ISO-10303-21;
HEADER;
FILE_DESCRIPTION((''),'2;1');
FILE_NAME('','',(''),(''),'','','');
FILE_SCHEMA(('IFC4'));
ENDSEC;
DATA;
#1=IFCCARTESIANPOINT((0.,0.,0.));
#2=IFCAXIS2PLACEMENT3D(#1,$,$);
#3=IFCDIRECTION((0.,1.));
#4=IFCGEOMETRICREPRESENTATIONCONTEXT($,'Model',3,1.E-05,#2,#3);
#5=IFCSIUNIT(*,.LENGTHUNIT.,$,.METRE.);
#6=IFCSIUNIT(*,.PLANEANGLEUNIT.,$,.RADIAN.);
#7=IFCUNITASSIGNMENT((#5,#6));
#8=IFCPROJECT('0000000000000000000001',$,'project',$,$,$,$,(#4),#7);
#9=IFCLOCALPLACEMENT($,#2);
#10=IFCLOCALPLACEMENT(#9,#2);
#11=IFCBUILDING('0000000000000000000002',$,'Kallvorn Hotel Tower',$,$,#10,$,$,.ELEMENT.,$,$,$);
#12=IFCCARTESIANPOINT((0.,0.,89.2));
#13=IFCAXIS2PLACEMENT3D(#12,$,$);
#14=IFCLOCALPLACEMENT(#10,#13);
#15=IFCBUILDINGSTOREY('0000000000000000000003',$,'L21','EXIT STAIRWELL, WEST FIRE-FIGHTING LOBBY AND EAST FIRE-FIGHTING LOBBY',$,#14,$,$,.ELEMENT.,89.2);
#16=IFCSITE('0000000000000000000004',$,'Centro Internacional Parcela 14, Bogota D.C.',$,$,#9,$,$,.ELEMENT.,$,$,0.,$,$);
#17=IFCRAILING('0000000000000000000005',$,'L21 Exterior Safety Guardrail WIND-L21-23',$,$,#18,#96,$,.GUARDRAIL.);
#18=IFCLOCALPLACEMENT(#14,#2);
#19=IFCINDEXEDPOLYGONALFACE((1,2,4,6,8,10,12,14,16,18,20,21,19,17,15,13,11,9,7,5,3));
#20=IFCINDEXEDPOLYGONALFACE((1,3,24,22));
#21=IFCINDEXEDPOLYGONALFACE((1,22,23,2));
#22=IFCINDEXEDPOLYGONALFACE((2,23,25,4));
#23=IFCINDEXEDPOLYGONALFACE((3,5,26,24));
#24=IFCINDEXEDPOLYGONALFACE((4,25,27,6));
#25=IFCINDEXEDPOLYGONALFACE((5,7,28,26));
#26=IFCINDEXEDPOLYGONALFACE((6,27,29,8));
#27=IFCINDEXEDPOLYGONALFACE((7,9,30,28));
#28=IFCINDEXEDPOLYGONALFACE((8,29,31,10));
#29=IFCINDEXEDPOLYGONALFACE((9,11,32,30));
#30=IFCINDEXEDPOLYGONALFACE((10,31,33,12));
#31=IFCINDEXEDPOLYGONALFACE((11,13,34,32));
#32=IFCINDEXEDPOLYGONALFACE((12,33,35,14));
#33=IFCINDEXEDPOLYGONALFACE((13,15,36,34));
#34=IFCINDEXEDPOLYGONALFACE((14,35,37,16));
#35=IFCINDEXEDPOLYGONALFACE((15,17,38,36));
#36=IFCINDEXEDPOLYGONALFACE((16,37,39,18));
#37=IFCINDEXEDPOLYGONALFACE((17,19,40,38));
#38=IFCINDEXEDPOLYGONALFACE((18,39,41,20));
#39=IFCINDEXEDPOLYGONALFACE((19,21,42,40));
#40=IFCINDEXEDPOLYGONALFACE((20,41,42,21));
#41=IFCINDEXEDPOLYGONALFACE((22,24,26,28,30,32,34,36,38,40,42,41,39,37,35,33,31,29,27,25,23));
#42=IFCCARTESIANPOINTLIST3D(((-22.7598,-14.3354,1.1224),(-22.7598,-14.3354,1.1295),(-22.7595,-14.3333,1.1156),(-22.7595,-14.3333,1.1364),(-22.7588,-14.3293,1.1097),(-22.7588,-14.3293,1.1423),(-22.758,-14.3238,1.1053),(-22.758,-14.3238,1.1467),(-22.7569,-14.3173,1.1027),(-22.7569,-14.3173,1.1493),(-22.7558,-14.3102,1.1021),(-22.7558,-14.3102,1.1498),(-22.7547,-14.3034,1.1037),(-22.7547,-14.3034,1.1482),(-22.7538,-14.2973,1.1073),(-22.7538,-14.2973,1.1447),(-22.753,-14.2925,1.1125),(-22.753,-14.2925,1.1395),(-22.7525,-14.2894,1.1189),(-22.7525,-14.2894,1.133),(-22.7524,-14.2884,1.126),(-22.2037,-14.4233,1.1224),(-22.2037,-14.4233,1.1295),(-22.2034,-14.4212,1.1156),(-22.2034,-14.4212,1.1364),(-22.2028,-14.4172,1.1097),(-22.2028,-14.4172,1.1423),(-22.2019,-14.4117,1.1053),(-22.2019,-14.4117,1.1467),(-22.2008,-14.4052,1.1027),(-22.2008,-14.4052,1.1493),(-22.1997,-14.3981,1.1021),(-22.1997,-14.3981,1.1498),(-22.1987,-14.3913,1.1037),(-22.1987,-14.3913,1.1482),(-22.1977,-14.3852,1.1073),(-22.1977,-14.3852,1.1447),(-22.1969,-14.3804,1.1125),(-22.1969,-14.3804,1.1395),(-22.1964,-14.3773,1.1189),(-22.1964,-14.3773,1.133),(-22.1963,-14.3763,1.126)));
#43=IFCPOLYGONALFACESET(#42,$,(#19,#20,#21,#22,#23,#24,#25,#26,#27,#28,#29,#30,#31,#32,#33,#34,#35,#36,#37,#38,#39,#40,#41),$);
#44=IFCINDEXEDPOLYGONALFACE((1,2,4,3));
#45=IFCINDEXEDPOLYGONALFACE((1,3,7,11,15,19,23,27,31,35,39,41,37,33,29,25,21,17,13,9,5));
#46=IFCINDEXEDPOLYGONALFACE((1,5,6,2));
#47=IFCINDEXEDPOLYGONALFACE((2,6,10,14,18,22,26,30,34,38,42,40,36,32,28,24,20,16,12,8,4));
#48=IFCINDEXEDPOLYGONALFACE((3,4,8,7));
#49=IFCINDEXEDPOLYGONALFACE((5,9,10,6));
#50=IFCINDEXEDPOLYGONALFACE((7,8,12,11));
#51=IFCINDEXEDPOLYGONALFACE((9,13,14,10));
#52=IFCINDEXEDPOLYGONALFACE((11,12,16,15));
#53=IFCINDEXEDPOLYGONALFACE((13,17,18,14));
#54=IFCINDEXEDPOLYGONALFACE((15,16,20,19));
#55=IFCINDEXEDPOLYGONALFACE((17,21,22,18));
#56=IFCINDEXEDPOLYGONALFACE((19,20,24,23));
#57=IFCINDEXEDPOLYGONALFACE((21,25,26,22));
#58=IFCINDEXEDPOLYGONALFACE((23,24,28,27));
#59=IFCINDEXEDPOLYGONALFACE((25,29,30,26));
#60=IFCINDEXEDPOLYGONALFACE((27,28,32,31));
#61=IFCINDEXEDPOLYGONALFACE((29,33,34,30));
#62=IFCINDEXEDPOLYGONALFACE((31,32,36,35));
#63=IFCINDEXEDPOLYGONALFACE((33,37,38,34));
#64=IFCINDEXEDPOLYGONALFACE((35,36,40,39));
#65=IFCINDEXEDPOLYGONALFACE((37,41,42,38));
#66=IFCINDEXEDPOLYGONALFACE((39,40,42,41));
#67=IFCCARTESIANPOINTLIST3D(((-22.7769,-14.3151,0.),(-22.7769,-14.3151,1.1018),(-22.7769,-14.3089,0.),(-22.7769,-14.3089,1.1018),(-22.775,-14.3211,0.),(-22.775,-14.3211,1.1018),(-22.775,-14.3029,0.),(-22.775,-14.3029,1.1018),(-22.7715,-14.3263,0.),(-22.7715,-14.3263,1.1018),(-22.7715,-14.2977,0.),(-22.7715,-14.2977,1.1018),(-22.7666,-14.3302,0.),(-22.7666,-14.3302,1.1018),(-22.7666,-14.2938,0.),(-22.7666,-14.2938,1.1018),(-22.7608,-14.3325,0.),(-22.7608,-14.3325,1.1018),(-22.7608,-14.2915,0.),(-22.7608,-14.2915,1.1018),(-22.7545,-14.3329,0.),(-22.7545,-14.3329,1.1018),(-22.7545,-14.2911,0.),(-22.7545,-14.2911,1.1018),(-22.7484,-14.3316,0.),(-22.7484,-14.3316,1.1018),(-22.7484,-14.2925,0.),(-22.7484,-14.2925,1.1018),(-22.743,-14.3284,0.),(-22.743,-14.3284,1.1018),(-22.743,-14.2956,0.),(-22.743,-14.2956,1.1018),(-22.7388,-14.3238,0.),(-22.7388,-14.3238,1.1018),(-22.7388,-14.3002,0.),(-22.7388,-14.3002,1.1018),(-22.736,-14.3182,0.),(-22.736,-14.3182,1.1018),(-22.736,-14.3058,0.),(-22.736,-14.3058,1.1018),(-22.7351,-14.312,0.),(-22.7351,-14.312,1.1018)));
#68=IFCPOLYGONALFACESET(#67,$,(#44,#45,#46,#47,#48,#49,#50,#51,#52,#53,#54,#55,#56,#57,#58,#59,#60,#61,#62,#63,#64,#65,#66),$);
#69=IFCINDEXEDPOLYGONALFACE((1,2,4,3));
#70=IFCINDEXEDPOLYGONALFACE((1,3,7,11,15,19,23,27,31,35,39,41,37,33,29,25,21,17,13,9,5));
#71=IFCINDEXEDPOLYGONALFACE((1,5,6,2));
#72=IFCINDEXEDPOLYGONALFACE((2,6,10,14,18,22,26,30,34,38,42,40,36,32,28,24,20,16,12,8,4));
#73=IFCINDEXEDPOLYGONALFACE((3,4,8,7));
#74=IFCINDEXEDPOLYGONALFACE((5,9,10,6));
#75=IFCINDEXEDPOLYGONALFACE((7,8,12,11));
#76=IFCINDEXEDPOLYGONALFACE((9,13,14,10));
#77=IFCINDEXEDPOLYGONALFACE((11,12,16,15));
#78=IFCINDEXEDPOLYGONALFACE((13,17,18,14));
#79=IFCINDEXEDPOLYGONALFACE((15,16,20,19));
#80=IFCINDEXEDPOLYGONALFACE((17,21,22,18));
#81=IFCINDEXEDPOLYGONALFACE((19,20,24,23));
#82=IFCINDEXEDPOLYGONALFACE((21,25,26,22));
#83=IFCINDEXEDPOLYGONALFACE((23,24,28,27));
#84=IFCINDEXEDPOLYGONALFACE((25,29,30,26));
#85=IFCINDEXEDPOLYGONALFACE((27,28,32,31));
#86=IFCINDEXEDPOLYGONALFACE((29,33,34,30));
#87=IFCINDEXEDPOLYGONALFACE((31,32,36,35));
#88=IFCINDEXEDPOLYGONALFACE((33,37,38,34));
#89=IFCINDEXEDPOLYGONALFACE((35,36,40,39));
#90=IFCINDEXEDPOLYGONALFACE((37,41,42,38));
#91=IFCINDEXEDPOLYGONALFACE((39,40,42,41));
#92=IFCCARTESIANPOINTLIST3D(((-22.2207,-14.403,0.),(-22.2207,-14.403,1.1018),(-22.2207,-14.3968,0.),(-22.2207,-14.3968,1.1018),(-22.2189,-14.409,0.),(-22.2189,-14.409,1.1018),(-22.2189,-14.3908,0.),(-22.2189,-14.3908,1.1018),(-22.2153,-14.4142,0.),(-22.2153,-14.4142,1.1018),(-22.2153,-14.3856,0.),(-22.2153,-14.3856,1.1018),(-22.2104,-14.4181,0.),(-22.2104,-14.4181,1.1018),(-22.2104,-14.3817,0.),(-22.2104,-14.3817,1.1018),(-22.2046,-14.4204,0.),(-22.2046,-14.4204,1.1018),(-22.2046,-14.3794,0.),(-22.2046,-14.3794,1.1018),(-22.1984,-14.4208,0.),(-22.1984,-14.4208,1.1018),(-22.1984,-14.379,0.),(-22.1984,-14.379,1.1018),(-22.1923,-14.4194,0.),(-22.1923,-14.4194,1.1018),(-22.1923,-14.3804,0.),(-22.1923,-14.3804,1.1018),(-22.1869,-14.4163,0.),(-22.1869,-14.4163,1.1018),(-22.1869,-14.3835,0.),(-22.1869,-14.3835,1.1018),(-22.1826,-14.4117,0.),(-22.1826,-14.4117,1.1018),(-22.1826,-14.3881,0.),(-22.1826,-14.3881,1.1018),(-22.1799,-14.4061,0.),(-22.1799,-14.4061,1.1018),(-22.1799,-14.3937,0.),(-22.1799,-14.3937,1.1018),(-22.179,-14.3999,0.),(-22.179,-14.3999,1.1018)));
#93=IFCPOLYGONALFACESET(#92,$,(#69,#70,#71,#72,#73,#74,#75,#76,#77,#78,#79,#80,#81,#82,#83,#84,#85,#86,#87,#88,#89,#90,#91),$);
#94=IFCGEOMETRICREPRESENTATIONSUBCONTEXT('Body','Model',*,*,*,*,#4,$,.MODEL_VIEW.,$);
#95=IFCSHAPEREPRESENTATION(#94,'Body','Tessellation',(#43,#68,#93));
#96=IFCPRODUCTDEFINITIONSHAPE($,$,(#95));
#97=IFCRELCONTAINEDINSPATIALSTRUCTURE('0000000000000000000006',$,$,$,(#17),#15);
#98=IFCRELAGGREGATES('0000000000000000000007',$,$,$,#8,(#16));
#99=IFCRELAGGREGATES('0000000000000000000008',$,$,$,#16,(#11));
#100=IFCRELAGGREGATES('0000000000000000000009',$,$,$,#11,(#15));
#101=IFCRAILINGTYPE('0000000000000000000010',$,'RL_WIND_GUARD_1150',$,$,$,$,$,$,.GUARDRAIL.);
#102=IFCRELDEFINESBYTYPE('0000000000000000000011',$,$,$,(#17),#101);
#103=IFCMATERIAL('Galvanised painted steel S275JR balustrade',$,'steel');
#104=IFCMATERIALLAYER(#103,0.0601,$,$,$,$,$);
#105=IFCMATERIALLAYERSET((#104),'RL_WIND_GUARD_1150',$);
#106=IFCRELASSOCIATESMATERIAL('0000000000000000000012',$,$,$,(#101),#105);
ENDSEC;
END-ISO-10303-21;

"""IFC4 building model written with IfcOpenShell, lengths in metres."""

from ifc_helpers import new_model, si_unit, direction, frame, origin, origin_2d, place, context, subcontext, project, spatial, circle, extrude, material, layer, layer_set, type_object, element, save


model = new_model("IFC4")

# Units and contexts
model_context = context("Model", 3, precision=1e-05, world=origin(), true_north=direction((0.0, 1.0)))
body_context = subcontext(model_context, "Body", "Model", "MODEL_VIEW")
ifc_project = project(units=[si_unit("LENGTHUNIT", "METRE"), si_unit("PLANEANGLEUNIT", "RADIAN")], contexts=[model_context])

# Site, building, storey
site_placement = place(None, origin())
site = spatial("IfcSite", under=ifc_project, at=site_placement, Name="Centro Internacional Parcela 14, Bogota D.C.", CompositionType="ELEMENT", RefElevation=0.0)
building_placement = place(site_placement, origin())
building = spatial("IfcBuilding", under=site, at=building_placement, Name="Kallvorn Hotel Tower", CompositionType="ELEMENT")
storey_placement = place(building_placement, frame((0.0, 0.0, 89.2)))
storey = spatial("IfcBuildingStorey", under=building, at=storey_placement, Name="L21", Description="EXIT STAIRWELL, WEST FIRE-FIGHTING LOBBY AND EAST FIRE-FIGHTING LOBBY", CompositionType="ELEMENT", Elevation=89.2)

# Railing
ifc_material_1 = material(Name="Galvanised painted steel S275JR balustrade", Category="steel")
ifc_layer_1 = layer(ifc_material_1, 0.0601)
ifc_layer_set_1 = layer_set([ifc_layer_1], Name="RL_WIND_GUARD_1150")
railing_type = type_object("IfcRailingType", Name="RL_WIND_GUARD_1150", PredefinedType="GUARDRAIL", material=ifc_layer_set_1)
railing_1_placement = place(storey_placement, frame((-22.7561, -14.312, 0.0)))
element("IfcRailing", 1, at=railing_1_placement, inside=storey, type_object=railing_type, Name="L21 Exterior Safety Guardrail WIND-L21-23", PredefinedType="GUARDRAIL", context=body_context, shape_type="SweptSolid", body=[
    extrude(circle(Radius=0.0239, at=origin_2d()), frame((0.0, 0.0, 1.126), z_axis=(0.987742, -0.156096, 0.0), x_axis=(0.156096, 0.987742, 0.0)), (0.0, 0.0, 1.0), 0.563),
    extrude(circle(Radius=0.021, at=origin_2d()), origin(), (0.0, 0.0, 1.0), 1.1018),
    extrude(circle(Radius=0.021, at=origin_2d()), frame((0.5562, -0.0879, 0.0)), (0.0, 0.0, 1.0), 1.1018),
])

save(model, "model.ifc")
